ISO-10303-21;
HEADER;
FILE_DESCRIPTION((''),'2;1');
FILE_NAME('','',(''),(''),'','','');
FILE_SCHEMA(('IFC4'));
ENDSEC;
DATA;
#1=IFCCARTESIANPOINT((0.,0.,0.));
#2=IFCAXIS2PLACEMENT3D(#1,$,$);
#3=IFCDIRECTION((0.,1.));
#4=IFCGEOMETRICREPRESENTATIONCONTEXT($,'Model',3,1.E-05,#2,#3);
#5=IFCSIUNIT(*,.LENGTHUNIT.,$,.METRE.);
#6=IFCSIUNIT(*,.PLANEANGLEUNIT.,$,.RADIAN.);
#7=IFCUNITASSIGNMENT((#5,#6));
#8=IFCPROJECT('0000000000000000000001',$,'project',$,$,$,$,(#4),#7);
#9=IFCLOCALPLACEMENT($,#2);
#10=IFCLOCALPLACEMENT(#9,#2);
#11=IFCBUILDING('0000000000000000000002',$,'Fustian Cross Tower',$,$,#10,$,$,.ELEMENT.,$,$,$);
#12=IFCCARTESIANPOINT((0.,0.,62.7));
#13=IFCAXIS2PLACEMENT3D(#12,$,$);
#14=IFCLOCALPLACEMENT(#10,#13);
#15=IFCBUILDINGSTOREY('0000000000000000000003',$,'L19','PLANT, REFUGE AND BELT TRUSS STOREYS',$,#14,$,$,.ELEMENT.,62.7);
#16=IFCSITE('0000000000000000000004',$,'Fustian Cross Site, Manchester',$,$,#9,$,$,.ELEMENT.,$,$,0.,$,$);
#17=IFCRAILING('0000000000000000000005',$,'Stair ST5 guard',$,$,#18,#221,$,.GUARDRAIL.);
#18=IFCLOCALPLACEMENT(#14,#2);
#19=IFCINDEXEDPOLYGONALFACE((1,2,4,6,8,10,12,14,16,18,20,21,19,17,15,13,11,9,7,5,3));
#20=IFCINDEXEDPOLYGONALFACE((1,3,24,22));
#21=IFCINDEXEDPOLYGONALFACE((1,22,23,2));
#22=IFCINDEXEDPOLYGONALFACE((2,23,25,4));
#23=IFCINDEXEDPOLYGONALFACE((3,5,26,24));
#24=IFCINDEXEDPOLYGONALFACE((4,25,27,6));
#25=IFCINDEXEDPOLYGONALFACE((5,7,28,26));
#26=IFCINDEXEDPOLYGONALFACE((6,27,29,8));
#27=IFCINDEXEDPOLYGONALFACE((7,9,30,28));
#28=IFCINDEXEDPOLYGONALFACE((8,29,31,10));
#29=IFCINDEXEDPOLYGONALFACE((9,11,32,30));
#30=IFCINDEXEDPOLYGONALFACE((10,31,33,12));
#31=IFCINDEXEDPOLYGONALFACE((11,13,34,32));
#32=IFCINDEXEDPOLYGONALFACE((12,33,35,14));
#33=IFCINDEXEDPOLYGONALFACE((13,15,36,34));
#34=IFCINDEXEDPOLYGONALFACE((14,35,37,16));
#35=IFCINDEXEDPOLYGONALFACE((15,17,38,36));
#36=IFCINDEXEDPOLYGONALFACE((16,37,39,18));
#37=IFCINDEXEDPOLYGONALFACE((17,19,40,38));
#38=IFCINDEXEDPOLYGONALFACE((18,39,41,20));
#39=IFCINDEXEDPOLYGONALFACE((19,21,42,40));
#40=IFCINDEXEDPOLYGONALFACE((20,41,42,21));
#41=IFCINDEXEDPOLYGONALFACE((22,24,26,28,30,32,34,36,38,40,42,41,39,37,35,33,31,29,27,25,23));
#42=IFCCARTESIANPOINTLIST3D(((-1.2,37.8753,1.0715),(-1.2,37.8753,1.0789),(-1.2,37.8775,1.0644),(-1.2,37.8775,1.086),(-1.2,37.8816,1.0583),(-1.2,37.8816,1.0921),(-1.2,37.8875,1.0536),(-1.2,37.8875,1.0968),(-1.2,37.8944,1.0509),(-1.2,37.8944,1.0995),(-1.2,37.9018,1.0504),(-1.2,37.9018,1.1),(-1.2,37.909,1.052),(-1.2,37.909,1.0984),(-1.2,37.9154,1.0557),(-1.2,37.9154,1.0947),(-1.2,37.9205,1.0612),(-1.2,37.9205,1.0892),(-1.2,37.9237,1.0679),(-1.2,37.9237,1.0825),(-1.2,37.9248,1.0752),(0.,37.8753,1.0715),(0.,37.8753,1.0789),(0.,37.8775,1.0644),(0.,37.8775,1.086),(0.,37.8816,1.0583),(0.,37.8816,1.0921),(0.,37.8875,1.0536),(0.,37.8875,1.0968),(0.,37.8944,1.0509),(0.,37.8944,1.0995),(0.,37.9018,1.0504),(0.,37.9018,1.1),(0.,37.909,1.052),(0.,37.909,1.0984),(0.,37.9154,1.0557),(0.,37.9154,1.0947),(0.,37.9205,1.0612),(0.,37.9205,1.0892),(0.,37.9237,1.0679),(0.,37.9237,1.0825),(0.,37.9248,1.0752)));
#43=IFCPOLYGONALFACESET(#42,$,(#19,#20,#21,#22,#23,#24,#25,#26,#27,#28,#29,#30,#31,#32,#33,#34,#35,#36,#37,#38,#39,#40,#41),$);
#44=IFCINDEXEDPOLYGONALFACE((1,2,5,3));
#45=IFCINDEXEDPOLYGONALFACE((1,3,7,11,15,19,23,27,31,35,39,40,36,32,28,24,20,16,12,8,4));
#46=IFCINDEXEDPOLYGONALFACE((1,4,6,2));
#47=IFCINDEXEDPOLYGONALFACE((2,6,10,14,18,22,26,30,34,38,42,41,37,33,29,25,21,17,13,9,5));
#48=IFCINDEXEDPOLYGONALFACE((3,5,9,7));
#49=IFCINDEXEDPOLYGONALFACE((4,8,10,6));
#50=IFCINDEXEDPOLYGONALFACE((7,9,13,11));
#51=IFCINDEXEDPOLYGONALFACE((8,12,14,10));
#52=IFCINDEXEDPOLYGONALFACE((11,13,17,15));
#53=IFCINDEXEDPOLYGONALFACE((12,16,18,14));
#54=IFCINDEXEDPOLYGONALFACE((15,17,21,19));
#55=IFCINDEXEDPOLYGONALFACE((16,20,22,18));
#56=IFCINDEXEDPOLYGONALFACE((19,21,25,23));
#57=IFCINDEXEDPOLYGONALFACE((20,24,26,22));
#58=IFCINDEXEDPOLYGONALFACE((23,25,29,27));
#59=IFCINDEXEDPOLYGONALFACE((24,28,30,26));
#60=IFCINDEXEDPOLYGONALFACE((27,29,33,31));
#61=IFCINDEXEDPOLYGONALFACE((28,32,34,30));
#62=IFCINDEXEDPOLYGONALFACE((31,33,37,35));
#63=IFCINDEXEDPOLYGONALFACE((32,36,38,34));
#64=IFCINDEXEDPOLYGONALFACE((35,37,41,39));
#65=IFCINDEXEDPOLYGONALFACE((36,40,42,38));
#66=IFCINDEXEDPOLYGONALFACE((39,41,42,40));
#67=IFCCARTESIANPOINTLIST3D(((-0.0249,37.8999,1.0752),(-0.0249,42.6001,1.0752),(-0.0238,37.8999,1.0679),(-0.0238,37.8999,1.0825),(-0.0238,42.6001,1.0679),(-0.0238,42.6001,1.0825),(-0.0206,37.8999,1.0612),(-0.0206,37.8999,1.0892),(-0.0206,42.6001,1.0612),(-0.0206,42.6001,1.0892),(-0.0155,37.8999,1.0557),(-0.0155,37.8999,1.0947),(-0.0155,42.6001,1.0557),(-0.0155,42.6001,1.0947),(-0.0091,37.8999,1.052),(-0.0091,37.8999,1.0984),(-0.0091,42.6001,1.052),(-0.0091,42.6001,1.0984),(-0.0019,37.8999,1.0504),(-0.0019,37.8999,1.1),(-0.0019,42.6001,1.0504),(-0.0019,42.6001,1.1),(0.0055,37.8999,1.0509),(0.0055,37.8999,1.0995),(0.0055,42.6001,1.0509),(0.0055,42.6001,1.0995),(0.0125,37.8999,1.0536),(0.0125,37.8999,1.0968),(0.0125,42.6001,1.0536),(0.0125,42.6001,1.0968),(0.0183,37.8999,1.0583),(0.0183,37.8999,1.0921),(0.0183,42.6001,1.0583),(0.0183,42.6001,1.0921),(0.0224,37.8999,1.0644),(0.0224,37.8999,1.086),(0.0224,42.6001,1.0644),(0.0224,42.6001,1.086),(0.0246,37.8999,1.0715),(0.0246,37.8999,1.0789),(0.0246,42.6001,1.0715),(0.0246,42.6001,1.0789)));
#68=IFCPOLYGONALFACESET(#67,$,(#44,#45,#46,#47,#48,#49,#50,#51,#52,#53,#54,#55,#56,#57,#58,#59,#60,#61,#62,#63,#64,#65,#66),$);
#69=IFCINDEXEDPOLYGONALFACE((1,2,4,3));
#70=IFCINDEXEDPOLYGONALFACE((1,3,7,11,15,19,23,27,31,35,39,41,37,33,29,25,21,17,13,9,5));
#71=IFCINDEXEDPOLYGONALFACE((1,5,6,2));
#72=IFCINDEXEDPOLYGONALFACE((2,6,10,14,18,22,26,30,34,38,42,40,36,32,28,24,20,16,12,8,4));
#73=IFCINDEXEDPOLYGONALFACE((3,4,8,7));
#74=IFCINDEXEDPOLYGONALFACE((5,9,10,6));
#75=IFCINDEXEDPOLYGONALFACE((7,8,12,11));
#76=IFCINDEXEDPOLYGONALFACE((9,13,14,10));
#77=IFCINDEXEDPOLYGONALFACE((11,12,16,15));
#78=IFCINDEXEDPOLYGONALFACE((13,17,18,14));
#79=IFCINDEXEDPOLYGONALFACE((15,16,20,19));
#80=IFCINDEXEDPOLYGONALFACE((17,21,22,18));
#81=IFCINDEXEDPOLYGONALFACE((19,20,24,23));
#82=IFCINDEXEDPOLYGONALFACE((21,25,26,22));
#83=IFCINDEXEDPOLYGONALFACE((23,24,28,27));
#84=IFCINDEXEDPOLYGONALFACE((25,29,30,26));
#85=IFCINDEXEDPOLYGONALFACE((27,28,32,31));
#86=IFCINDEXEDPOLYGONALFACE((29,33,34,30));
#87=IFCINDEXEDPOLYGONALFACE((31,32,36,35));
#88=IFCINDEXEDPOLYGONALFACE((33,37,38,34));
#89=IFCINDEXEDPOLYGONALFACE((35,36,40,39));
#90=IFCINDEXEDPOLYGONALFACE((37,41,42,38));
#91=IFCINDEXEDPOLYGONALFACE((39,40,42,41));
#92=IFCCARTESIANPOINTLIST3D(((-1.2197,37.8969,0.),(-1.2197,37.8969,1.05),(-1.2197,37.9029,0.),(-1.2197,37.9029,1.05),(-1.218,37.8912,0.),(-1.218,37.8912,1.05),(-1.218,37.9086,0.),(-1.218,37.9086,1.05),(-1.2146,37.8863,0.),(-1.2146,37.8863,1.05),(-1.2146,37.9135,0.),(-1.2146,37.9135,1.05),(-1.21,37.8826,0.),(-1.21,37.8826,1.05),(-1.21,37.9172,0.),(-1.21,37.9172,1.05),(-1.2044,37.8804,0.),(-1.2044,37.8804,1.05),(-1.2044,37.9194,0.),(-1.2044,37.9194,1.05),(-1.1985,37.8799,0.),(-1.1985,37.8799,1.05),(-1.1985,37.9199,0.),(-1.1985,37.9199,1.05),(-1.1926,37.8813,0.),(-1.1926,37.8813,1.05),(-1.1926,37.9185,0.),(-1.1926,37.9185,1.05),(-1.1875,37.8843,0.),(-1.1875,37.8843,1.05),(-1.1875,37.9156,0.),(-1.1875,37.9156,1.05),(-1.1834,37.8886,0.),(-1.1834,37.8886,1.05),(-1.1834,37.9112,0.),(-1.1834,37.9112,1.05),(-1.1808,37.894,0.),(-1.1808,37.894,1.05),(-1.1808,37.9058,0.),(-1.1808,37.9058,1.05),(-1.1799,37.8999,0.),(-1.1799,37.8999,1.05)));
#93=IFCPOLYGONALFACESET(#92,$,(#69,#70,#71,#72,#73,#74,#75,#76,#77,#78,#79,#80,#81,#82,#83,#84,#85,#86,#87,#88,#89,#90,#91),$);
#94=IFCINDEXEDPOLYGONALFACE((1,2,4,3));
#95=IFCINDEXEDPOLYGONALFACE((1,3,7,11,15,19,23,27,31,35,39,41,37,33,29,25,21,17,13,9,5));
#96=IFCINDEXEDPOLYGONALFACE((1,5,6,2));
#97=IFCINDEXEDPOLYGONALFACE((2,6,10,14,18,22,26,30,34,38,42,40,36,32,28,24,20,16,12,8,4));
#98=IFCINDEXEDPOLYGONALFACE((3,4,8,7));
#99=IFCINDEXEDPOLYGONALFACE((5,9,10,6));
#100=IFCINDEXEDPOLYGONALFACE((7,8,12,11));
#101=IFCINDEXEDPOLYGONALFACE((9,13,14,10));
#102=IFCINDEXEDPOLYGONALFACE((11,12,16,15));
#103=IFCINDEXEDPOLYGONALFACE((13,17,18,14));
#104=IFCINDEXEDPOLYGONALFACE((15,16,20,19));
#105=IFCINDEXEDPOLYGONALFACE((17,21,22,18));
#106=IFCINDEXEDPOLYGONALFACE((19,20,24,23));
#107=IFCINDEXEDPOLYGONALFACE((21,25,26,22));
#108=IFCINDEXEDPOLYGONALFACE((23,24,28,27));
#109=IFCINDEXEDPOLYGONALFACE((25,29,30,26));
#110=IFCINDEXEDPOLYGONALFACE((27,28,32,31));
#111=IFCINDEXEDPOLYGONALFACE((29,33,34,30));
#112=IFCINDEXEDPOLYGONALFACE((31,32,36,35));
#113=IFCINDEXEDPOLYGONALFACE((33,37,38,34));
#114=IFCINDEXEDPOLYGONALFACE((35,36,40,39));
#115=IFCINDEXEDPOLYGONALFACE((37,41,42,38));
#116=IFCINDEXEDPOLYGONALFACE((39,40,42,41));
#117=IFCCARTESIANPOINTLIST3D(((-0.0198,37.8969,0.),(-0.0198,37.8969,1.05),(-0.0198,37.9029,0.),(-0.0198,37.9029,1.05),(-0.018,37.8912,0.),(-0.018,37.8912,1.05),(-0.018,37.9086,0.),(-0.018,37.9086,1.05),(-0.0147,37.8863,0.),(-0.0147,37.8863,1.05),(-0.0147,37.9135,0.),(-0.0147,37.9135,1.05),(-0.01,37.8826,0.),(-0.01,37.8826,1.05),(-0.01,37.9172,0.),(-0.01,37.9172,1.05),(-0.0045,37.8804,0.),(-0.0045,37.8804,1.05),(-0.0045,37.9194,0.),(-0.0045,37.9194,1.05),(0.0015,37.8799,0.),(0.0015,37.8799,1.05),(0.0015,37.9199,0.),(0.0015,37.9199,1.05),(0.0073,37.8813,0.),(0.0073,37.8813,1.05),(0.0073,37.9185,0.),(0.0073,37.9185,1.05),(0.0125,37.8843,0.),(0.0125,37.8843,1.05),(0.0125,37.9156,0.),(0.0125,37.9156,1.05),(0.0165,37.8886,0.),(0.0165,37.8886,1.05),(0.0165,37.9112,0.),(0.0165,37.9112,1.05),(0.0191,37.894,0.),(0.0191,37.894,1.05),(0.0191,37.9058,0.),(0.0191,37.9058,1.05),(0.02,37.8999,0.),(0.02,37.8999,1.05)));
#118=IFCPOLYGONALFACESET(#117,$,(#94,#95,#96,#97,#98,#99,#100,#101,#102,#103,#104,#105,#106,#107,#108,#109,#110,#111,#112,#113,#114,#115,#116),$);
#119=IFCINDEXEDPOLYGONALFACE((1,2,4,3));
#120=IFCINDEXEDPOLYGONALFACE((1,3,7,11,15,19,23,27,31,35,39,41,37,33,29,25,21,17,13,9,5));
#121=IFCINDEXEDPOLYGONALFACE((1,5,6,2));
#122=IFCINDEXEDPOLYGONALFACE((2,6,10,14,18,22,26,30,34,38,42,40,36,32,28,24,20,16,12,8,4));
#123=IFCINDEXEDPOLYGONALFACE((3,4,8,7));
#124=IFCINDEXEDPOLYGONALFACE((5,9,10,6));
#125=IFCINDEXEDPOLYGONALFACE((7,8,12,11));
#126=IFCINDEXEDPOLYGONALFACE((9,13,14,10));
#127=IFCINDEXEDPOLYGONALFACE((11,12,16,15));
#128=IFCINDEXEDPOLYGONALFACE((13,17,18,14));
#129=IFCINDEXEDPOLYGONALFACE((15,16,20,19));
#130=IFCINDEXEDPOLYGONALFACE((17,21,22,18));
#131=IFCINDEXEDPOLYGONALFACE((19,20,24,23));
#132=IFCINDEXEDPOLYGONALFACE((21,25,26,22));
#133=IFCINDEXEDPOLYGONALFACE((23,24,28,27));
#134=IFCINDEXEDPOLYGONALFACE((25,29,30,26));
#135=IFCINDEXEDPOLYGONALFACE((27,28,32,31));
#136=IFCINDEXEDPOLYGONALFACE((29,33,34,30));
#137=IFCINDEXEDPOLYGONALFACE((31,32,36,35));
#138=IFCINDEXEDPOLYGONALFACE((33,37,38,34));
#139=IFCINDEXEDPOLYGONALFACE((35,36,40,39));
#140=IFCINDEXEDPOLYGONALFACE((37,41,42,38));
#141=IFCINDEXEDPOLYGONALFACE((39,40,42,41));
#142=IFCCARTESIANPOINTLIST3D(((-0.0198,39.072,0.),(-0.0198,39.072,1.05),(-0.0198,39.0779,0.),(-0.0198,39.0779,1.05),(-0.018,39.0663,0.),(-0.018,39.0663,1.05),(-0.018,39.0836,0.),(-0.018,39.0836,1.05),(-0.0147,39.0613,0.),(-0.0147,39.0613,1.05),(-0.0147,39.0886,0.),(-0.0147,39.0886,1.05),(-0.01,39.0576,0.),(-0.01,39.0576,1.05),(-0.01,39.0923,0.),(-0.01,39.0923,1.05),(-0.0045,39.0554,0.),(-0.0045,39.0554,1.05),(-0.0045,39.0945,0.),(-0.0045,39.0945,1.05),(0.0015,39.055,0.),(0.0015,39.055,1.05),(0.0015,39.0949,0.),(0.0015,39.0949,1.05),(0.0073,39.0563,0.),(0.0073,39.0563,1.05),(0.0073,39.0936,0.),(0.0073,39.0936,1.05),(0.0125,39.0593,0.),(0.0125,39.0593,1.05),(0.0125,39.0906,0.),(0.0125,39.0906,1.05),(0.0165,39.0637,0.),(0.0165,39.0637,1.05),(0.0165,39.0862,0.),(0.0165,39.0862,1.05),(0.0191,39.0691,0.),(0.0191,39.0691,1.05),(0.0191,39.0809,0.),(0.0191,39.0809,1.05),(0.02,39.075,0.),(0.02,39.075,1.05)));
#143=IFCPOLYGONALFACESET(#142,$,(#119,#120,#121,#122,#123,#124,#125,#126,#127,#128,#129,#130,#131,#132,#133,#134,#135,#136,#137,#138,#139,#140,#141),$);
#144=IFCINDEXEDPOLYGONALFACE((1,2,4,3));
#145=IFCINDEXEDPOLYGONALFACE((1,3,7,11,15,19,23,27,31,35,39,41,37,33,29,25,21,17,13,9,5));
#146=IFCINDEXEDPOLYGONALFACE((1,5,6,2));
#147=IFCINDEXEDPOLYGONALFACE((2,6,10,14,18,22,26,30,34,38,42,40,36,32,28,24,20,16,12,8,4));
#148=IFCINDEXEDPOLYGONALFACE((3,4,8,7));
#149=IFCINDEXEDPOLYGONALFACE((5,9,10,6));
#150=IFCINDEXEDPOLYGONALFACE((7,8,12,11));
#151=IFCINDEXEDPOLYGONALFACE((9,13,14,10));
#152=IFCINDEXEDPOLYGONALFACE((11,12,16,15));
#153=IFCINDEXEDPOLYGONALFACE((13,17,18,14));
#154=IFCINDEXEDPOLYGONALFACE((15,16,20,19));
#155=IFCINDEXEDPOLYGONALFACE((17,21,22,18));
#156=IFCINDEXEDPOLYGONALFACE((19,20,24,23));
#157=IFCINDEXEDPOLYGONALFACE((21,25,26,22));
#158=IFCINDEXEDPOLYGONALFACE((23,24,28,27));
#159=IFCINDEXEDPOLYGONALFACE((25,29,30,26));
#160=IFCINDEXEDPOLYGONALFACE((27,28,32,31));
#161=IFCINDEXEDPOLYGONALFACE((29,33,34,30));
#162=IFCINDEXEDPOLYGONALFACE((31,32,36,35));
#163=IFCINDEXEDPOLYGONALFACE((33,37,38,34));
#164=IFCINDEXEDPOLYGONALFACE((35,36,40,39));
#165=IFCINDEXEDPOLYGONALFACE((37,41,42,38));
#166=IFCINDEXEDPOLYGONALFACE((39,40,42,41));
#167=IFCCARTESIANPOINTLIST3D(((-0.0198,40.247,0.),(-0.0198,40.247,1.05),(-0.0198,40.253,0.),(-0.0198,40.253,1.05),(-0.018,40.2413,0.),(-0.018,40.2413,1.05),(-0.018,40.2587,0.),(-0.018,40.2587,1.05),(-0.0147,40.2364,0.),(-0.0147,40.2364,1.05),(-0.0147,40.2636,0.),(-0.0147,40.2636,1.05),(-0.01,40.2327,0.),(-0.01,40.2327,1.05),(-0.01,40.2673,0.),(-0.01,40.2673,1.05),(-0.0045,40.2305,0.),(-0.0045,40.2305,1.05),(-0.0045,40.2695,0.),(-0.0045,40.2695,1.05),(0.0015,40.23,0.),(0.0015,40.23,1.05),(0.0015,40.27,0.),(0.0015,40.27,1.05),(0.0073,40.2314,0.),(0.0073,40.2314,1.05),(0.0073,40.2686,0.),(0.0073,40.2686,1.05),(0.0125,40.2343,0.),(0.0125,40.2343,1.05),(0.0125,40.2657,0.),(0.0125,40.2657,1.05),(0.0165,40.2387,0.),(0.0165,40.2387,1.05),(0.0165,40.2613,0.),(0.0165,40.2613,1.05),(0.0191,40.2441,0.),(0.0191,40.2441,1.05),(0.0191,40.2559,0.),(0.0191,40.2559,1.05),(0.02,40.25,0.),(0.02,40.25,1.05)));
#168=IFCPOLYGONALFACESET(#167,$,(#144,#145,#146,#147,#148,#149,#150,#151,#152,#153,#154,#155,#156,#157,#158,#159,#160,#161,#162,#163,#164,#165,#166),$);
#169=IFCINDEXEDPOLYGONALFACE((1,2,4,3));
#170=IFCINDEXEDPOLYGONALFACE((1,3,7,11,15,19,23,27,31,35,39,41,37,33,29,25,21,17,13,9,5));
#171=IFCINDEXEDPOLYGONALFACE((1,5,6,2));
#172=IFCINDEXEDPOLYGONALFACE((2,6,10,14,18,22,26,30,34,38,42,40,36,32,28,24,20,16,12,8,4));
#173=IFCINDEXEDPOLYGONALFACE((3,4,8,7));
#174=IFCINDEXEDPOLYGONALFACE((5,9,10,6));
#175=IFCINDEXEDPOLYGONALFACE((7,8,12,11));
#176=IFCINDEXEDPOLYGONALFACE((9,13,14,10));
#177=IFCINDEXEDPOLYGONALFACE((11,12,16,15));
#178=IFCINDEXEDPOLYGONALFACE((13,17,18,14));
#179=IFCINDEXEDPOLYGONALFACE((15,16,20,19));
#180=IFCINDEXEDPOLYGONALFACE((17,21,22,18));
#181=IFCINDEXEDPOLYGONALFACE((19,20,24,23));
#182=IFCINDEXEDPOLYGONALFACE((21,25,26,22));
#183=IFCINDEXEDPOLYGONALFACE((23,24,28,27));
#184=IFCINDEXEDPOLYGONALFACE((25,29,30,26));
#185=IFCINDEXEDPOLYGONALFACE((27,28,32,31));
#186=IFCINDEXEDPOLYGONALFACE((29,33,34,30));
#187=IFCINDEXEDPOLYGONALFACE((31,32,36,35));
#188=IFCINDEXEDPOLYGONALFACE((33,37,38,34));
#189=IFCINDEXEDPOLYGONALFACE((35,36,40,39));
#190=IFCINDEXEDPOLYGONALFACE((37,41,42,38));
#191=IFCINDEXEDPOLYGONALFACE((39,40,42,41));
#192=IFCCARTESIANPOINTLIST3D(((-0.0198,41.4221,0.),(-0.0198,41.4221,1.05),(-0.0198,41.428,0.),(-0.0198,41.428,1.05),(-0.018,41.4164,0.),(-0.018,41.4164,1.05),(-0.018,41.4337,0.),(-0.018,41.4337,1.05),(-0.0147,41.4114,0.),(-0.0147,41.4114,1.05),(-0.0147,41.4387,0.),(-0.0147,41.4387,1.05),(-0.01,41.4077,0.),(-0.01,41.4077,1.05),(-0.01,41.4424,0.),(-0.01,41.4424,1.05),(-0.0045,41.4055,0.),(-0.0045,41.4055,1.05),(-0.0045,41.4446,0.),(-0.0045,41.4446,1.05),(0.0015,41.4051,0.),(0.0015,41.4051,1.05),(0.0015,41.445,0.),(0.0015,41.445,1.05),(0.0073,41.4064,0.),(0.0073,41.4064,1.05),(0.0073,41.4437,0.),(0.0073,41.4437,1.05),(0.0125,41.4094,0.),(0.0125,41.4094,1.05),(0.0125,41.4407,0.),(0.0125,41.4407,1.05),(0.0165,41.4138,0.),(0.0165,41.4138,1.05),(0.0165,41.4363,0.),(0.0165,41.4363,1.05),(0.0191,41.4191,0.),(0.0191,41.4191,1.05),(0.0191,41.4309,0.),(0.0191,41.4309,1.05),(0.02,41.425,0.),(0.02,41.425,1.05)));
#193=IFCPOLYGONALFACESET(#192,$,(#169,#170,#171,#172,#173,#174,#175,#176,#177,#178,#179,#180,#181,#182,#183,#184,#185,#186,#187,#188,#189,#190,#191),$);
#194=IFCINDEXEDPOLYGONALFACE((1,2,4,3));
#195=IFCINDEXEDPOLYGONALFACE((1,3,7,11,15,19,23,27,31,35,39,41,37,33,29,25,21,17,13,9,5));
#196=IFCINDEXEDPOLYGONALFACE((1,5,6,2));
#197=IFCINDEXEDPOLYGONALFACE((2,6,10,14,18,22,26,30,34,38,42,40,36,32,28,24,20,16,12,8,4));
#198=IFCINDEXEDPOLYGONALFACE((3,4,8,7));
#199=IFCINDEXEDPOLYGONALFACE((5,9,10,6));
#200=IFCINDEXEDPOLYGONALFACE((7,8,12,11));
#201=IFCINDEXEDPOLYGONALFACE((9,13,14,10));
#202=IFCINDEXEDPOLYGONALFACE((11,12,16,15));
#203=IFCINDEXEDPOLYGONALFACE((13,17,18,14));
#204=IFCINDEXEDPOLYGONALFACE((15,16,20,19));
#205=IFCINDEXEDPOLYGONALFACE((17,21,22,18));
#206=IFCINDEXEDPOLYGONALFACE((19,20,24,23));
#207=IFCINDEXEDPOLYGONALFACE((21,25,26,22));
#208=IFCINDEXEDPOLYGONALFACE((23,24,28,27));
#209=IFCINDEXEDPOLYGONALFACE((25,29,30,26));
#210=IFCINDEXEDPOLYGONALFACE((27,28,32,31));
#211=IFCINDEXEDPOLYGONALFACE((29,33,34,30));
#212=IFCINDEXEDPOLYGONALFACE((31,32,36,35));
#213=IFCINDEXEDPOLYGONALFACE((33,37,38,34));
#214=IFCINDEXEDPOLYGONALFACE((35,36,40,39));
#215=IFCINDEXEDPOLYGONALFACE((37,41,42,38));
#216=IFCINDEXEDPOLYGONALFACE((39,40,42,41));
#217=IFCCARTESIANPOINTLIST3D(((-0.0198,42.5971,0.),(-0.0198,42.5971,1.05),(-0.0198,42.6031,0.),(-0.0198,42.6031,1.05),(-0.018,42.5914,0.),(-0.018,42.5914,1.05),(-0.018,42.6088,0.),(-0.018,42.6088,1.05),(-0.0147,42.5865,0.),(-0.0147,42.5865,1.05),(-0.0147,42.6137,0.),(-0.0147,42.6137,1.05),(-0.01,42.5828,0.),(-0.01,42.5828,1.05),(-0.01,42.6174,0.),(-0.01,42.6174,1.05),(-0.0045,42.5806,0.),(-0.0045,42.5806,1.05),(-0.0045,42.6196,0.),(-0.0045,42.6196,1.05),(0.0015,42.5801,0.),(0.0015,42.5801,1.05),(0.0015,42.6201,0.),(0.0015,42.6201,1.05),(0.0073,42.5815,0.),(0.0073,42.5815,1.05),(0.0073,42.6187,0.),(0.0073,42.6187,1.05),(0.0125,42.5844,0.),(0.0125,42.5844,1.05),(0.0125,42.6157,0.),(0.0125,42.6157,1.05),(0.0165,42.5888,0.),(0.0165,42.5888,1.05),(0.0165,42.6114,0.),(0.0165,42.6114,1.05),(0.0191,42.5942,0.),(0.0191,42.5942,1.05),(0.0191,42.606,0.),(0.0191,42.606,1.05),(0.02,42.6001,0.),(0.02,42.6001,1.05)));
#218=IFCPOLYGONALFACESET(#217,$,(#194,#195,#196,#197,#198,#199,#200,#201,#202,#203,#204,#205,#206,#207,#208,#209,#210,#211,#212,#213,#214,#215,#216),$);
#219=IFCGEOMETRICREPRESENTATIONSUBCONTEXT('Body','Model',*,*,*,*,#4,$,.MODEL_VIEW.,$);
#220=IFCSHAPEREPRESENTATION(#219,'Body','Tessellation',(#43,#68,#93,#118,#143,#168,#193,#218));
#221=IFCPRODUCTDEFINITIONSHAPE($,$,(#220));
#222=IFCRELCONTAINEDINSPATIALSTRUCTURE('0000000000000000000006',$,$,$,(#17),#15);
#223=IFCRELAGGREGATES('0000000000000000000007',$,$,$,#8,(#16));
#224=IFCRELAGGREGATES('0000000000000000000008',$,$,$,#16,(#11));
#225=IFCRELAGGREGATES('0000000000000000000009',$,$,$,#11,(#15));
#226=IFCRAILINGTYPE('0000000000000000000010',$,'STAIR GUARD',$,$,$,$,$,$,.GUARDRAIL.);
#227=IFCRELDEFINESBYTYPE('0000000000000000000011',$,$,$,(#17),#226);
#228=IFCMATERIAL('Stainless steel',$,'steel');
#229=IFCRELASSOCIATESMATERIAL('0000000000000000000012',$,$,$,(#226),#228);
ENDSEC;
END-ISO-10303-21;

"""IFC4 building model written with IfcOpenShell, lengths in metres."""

from ifc_helpers import new_model, si_unit, direction, frame, origin, origin_2d, place, context, subcontext, project, spatial, circle, extrude, material, type_object, element, save


model = new_model("IFC4")

# Units and contexts
model_context = context("Model", 3, precision=1e-05, world=origin(), true_north=direction((0.0, 1.0)))
body_context = subcontext(model_context, "Body", "Model", "MODEL_VIEW")
ifc_project = project(units=[si_unit("LENGTHUNIT", "METRE"), si_unit("PLANEANGLEUNIT", "RADIAN")], contexts=[model_context])

# Site, building, storey
site_placement = place(None, origin())
site = spatial("IfcSite", under=ifc_project, at=site_placement, Name="Fustian Cross Site, Manchester", CompositionType="ELEMENT", RefElevation=0.0)
building_placement = place(site_placement, origin())
building = spatial("IfcBuilding", under=site, at=building_placement, Name="Fustian Cross Tower", CompositionType="ELEMENT")
storey_placement = place(building_placement, frame((0.0, 0.0, 62.7)))
storey = spatial("IfcBuildingStorey", under=building, at=storey_placement, Name="L19", Description="PLANT, REFUGE AND BELT TRUSS STOREYS", CompositionType="ELEMENT", Elevation=62.7)

# Railing
ifc_material_1 = material(Name="Stainless steel", Category="steel")
railing_type = type_object("IfcRailingType", Name="STAIR GUARD", PredefinedType="GUARDRAIL", material=ifc_material_1)
railing_placement = place(storey_placement, frame((-1.2, 37.8999, 0.0)))
element("IfcRailing", 1, at=railing_placement, inside=storey, type_object=railing_type, Name="Stair ST5 guard", PredefinedType="GUARDRAIL", context=body_context, shape_type="SweptSolid", body=[
    extrude(circle(Radius=0.0249, at=origin_2d()), frame((0.0, 0.0, 1.0752), z_axis=(1.0, 0.0, 0.0), x_axis=(0.0, 1.0, 0.0)), (0.0, 0.0, 1.0), 1.2),
    extrude(circle(Radius=0.0249, at=origin_2d()), frame((1.2, 0.0, 1.0752), z_axis=(0.0, 1.0, 0.0), x_axis=(-1.0, 0.0, 0.0)), (0.0, 0.0, 1.0), 4.7002),
    extrude(circle(Radius=0.02, at=origin_2d()), origin(), (0.0, 0.0, 1.0), 1.05),
    extrude(circle(Radius=0.02, at=origin_2d()), frame((1.2, 0.0, 0.0)), (0.0, 0.0, 1.0), 1.05),
    extrude(circle(Radius=0.02, at=origin_2d()), frame((1.2, 1.175, 0.0)), (0.0, 0.0, 1.0), 1.05),
    extrude(circle(Radius=0.02, at=origin_2d()), frame((1.2, 2.3501, 0.0)), (0.0, 0.0, 1.0), 1.05),
    extrude(circle(Radius=0.02, at=origin_2d()), frame((1.2, 3.5251, 0.0)), (0.0, 0.0, 1.0), 1.05),
    extrude(circle(Radius=0.02, at=origin_2d()), frame((1.2, 4.7002, 0.0)), (0.0, 0.0, 1.0), 1.05),
])

save(model, "model.ifc")
